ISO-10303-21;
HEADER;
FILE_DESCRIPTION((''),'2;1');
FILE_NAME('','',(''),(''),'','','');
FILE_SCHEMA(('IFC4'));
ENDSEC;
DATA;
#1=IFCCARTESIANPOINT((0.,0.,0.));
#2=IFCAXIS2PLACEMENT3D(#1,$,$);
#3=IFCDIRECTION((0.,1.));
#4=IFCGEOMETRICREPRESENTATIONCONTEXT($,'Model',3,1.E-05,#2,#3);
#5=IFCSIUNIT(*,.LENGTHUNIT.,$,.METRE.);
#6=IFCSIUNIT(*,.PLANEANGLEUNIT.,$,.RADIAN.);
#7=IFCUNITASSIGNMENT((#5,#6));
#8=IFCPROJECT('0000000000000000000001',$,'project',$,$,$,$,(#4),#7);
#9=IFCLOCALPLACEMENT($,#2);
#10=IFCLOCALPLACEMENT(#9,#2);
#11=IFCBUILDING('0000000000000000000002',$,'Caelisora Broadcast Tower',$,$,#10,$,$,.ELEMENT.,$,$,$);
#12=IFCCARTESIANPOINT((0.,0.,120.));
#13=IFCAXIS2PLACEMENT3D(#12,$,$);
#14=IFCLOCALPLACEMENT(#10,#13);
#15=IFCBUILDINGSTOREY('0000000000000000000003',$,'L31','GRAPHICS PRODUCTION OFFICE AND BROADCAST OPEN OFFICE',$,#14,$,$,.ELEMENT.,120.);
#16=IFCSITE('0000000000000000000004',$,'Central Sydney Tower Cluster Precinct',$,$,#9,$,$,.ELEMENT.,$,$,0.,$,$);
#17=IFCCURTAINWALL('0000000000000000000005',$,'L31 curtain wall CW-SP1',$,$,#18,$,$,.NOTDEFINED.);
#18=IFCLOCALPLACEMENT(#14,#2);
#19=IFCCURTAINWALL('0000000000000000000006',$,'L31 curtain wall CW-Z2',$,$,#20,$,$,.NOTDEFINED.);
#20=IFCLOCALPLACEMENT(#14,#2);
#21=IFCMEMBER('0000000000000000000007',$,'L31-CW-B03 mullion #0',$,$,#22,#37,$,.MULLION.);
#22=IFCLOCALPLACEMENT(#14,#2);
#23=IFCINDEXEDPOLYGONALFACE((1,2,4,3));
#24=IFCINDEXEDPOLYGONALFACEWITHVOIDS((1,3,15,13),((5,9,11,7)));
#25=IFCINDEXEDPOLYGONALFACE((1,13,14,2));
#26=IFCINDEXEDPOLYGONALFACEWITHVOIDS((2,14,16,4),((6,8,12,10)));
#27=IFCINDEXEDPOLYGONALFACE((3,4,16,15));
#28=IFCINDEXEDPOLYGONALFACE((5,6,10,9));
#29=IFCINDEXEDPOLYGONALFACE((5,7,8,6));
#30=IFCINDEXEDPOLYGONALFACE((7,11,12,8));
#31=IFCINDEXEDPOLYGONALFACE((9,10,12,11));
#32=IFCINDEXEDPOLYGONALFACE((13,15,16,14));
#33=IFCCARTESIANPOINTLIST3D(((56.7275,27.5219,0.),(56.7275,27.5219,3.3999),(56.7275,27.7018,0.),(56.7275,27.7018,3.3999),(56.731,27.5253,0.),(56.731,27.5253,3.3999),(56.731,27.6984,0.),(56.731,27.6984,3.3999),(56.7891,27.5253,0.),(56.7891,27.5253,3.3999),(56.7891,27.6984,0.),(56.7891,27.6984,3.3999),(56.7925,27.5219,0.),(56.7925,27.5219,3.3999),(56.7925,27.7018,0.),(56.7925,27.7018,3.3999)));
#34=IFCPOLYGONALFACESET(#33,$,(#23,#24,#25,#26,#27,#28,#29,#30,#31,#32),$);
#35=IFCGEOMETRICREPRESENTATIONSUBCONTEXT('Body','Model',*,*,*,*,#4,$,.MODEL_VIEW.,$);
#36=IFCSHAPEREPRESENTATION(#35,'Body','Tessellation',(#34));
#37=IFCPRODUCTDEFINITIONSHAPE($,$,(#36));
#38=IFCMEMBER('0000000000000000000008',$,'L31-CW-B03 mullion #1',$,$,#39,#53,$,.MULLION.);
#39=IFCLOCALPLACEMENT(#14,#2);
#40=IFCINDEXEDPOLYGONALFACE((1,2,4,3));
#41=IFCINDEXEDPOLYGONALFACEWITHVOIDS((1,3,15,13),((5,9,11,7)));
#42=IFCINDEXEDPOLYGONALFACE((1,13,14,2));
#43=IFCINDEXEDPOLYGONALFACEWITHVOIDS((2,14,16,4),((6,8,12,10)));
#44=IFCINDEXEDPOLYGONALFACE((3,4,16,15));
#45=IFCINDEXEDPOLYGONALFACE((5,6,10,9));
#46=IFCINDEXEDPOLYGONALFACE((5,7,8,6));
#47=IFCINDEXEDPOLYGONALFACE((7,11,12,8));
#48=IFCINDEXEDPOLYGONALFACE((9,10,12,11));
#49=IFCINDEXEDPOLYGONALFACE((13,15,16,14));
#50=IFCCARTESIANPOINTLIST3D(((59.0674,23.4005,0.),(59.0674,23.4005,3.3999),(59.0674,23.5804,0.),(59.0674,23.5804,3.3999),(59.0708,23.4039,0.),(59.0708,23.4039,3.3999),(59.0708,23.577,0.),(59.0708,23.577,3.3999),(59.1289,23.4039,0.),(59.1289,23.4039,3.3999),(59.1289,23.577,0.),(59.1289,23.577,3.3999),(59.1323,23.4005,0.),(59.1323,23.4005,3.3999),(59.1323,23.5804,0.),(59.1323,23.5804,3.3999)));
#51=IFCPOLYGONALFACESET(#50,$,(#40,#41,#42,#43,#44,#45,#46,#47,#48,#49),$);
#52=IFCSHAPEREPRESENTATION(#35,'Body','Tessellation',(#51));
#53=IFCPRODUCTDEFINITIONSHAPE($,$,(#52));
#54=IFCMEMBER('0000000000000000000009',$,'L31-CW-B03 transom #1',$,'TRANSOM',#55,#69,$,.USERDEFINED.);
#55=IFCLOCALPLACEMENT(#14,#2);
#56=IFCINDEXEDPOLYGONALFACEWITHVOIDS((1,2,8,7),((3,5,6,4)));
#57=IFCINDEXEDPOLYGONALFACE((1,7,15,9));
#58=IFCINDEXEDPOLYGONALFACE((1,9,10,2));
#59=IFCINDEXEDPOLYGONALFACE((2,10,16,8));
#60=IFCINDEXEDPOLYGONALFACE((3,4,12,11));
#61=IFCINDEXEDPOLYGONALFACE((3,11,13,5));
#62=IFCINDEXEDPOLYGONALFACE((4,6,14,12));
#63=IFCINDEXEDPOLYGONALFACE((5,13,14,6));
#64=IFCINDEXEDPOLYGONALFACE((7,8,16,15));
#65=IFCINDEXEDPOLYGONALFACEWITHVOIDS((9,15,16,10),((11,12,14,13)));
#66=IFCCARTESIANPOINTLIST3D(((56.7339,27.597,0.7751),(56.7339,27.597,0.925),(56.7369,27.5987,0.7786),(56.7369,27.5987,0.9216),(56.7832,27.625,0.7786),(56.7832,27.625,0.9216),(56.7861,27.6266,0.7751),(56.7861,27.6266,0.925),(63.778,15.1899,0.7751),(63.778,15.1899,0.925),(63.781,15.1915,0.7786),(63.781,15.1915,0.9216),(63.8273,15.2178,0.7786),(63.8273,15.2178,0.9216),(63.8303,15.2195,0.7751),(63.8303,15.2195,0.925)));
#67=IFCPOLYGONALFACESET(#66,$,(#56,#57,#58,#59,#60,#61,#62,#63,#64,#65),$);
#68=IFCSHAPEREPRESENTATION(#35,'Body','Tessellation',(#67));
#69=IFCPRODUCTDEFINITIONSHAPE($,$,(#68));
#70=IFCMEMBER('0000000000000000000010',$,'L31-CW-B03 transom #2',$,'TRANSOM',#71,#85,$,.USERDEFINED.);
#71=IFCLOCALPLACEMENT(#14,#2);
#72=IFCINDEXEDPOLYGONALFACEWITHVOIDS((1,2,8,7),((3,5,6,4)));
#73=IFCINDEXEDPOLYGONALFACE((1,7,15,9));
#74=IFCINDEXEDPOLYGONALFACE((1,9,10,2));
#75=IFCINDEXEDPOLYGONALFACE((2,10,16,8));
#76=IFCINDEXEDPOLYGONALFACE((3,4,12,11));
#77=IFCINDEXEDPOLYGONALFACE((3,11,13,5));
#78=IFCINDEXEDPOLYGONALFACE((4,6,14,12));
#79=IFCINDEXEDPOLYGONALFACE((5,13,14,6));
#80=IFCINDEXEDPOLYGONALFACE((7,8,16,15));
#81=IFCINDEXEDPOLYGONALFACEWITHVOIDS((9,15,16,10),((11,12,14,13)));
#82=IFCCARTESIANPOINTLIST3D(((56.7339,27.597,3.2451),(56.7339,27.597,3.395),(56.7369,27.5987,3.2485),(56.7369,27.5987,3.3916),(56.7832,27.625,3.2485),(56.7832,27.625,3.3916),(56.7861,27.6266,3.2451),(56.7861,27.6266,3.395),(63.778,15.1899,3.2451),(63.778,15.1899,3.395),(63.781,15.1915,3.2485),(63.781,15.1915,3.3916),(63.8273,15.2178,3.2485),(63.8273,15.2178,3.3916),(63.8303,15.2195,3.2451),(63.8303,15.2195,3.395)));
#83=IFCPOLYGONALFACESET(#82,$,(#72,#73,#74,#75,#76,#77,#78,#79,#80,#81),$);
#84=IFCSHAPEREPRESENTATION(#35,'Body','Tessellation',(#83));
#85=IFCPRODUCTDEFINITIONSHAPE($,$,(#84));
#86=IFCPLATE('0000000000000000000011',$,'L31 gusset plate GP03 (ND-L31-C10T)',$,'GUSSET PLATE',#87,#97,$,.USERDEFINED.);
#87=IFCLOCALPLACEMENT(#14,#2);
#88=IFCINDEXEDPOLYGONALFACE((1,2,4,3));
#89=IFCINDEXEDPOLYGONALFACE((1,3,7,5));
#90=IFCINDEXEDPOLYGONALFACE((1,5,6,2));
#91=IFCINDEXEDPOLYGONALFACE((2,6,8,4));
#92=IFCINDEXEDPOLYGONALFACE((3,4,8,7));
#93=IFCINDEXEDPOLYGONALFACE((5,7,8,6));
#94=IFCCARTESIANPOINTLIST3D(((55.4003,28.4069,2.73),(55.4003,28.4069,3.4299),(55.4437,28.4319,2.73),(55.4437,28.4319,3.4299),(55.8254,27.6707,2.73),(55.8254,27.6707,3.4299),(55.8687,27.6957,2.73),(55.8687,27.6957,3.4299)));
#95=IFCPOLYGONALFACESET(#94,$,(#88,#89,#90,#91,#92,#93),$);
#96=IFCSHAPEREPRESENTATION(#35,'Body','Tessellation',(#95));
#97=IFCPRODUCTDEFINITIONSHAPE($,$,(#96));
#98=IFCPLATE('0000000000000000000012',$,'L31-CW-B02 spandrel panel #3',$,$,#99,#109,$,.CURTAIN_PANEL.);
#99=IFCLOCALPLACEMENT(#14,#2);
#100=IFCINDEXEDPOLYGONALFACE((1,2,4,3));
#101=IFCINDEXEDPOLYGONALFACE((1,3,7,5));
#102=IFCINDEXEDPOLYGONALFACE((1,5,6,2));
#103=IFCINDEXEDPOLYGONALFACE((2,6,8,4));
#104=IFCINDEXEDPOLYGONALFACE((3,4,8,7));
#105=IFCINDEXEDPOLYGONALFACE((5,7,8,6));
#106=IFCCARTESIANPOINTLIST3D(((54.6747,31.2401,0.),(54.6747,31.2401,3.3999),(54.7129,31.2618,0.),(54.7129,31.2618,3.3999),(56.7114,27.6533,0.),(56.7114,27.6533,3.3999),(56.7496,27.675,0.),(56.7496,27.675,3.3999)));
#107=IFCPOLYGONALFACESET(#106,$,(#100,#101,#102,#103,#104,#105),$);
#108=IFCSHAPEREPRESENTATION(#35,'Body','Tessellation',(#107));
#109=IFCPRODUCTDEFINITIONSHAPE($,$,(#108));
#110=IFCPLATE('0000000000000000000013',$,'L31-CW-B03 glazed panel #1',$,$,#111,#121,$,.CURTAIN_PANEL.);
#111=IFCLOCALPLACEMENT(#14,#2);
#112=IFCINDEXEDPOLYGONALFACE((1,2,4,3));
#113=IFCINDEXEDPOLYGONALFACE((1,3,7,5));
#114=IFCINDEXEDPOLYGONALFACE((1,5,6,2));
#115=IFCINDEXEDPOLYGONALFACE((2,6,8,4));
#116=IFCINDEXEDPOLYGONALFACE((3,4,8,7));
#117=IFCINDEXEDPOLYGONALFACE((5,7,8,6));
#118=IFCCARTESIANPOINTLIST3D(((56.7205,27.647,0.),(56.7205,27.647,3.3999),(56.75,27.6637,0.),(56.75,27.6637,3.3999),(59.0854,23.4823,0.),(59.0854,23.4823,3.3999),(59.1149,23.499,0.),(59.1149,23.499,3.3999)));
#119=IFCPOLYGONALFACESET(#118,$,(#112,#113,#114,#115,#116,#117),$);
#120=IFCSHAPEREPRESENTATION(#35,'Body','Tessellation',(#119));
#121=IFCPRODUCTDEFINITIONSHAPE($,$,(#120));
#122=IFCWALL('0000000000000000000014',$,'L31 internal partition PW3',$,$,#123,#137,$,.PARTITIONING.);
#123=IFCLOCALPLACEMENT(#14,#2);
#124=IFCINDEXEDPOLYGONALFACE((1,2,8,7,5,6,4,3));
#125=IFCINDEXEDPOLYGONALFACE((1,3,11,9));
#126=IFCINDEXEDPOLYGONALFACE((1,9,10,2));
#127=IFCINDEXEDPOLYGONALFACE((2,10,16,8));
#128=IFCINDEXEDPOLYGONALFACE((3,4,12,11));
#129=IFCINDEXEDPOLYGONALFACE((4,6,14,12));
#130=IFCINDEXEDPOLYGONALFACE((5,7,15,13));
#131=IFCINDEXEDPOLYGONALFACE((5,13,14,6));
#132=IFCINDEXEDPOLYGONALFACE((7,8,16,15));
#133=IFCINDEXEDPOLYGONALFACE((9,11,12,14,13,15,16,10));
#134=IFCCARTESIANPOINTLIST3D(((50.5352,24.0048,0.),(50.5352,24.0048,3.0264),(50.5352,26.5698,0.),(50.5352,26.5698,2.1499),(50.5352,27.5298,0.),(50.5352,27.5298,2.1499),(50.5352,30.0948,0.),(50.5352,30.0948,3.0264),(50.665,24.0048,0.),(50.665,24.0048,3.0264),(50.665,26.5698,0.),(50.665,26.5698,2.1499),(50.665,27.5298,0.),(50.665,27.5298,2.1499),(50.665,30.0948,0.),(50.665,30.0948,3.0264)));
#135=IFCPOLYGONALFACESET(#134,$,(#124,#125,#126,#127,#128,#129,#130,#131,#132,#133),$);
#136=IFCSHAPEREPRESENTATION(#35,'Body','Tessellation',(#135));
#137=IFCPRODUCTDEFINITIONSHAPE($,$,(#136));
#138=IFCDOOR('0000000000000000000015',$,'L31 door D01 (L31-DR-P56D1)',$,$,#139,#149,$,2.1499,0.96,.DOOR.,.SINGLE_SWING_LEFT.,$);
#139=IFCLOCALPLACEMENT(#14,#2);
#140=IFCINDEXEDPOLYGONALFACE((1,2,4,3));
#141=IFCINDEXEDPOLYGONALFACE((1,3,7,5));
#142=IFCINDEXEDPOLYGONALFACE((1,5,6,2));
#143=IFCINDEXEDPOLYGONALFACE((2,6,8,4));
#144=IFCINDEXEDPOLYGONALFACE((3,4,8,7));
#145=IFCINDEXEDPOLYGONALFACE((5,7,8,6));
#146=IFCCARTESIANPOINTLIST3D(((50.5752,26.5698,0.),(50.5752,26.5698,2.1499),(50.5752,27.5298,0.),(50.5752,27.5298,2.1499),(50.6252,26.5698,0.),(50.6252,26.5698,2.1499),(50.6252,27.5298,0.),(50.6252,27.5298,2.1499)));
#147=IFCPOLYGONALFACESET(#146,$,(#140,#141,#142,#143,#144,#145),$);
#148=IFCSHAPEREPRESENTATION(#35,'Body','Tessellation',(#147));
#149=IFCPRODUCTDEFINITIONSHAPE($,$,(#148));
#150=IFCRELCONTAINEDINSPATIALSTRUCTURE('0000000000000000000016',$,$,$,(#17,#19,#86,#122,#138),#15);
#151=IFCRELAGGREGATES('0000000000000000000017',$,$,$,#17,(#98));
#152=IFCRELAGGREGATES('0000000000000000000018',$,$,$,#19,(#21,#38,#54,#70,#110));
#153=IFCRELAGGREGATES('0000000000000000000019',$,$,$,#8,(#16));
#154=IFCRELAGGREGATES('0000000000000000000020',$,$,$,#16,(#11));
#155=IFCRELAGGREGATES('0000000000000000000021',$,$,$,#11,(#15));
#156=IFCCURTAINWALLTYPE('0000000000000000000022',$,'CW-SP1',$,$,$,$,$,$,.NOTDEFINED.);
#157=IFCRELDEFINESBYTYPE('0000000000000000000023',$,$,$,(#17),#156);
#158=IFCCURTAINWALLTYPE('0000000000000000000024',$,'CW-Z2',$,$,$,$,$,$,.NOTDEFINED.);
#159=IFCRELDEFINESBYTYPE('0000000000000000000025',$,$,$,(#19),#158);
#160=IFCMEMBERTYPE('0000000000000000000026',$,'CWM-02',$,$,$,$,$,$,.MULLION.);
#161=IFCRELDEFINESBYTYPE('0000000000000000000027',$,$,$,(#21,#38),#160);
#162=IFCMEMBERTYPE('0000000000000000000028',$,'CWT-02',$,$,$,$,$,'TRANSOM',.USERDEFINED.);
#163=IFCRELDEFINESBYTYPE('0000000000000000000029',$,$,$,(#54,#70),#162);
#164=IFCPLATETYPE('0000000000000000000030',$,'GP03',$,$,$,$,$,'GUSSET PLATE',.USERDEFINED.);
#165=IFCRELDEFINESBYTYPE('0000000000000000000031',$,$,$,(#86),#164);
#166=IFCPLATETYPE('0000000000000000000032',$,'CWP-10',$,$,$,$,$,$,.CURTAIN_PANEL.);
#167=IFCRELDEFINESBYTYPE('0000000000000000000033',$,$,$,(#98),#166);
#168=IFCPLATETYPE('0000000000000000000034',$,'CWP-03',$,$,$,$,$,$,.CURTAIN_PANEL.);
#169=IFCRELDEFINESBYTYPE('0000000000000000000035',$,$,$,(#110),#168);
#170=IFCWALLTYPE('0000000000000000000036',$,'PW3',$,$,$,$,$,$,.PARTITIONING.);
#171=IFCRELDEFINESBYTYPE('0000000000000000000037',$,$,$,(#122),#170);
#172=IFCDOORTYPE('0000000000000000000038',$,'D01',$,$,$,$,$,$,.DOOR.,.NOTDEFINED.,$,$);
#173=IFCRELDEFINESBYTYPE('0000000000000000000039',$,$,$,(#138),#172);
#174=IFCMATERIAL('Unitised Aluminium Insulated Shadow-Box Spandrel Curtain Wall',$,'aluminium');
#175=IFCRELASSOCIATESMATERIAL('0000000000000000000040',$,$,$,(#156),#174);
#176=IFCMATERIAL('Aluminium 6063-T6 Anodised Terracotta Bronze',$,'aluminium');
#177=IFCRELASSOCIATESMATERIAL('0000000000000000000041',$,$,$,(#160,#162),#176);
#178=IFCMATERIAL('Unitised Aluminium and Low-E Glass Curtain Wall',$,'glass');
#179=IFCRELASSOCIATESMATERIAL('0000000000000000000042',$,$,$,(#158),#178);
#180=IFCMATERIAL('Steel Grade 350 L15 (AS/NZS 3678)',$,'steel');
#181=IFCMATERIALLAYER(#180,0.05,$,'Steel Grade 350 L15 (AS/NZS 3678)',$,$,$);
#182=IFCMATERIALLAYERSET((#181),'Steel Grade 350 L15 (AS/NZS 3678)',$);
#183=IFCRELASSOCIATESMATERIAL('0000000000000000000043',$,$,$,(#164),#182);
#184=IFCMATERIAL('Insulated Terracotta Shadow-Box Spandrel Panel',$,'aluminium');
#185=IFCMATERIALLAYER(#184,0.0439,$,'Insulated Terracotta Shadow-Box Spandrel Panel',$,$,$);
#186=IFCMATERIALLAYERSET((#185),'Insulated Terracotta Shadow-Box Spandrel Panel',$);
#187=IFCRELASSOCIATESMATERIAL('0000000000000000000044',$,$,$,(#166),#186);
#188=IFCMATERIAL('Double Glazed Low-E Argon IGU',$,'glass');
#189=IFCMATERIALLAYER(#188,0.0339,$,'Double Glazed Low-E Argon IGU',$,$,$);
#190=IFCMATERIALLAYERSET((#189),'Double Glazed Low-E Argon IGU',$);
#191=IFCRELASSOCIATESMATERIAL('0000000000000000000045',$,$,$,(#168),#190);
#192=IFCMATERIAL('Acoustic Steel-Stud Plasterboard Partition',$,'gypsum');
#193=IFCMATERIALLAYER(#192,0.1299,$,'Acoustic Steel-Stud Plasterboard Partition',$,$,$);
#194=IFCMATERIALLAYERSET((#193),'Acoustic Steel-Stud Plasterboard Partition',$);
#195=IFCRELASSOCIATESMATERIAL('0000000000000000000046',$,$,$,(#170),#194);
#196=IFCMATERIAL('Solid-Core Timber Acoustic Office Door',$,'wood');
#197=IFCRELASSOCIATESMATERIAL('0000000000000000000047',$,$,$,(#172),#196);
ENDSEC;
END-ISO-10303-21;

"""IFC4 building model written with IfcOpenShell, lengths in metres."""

from ifc_helpers import new_model, si_unit, direction, frame, frame_2d, origin, origin_2d, place, context, subcontext, project, spatial, rectangle, hollow_rectangle, extrude, source, transform, mapped, material, layer, layer_set, material_profile, profile_set, type_object, type_shapes, element, fill, aggregate, save


model = new_model("IFC4")

# Units and contexts
model_context = context("Model", 3, precision=1e-05, world=origin(), true_north=direction((0.0, 1.0)))
body_context = subcontext(model_context, "Body", "Model", "MODEL_VIEW")
ifc_project = project(units=[si_unit("LENGTHUNIT", "METRE"), si_unit("PLANEANGLEUNIT", "RADIAN")], contexts=[model_context])

# Site, building, storey
site_placement = place(None, origin())
site = spatial("IfcSite", under=ifc_project, at=site_placement, Name="Central Sydney Tower Cluster Precinct", CompositionType="ELEMENT", RefElevation=0.0)
building_placement = place(site_placement, origin())
building = spatial("IfcBuilding", under=site, at=building_placement, Name="Caelisora Broadcast Tower", CompositionType="ELEMENT")
storey_placement = place(building_placement, frame((0.0, 0.0, 120.0)))
storey = spatial("IfcBuildingStorey", under=building, at=storey_placement, Name="L31", Description="GRAPHICS PRODUCTION OFFICE AND BROADCAST OPEN OFFICE", CompositionType="ELEMENT", Elevation=120.0)

# Shared definitions
ifc_material_1 = material(Name="Steel Grade 350 L15 (AS/NZS 3678)", Category="steel")

# Curtain wall
ifc_material_2 = material(Name="Unitised Aluminium Insulated Shadow-Box Spandrel Curtain Wall", Category="aluminium")
curtain_wall_type_1 = type_object("IfcCurtainWallType", Name="CW-SP1", PredefinedType="NOTDEFINED", material=ifc_material_2)
curtain_wall_1_placement = place(storey_placement, origin())
curtain_wall_1 = element("IfcCurtainWall", 1, at=curtain_wall_1_placement, inside=storey, type_object=curtain_wall_type_1, Name="L31 curtain wall CW-SP1", PredefinedType="NOTDEFINED")
ifc_material_3 = material(Name="Aluminium 6063-T6 Anodised Terracotta Bronze", Category="aluminium")
ifc_material_profile_1 = material_profile(ifc_material_3, hollow_rectangle(XDim=0.0649, YDim=0.1799, WallThickness=0.0034, at=origin_2d()), Name="Aluminium 6063-T6 Anodised Terracotta Bronze")
ifc_profile_set_1 = profile_set([ifc_material_profile_1], Name="Aluminium 6063-T6 Anodised Terracotta Bronze")
member_type_1 = type_object("IfcMemberType", Name="CWM-02", PredefinedType="MULLION", material=ifc_profile_set_1)
shared_shape_1 = source(origin(), body_context, "Body", "SweptSolid", [
    extrude(hollow_rectangle(XDim=0.0649, YDim=0.1799, WallThickness=0.0034, at=origin_2d()), origin(), (0.0, 0.0, 1.0), 3.3999),
])
type_shapes(member_type_1, [shared_shape_1])

# Curtain wall, members
ifc_material_4 = material(Name="Unitised Aluminium and Low-E Glass Curtain Wall", Category="glass")
curtain_wall_type_2 = type_object("IfcCurtainWallType", Name="CW-Z2", PredefinedType="NOTDEFINED", material=ifc_material_4)
curtain_wall_2_placement = place(storey_placement, origin())
curtain_wall_2 = element("IfcCurtainWall", 2, at=curtain_wall_2_placement, inside=storey, type_object=curtain_wall_type_2, Name="L31 curtain wall CW-Z2", PredefinedType="NOTDEFINED")
member_1_placement = place(storey_placement, frame((56.76, 27.6118, 0.0), z_axis=(0.0, 0.0, 1.0), x_axis=(1.0, 0.0, 0.0)))
member_1 = element("IfcMember", 3, at=member_1_placement, type_object=member_type_1, Name="L31-CW-B03 mullion #0", PredefinedType="MULLION", context=body_context, shape_type="MappedRepresentation", body=[
    mapped(shared_shape_1, transform((0.0, 0.0, 0.0), scale=1.0)),
])
member_2_placement = place(storey_placement, frame((59.0999, 23.4905, 0.0), z_axis=(0.0, 0.0, 1.0), x_axis=(1.0, 0.0, 0.0)))
member_2 = element("IfcMember", 4, at=member_2_placement, type_object=member_type_1, Name="L31-CW-B03 mullion #1", PredefinedType="MULLION", context=body_context, shape_type="MappedRepresentation", body=[
    mapped(shared_shape_1, transform((0.0, 0.0, 0.0), scale=1.0)),
])
ifc_material_profile_2 = material_profile(ifc_material_3, hollow_rectangle(XDim=0.0601, YDim=0.1499, WallThickness=0.0034, at=origin_2d()), Name="Aluminium 6063-T6 Anodised Terracotta Bronze")
ifc_profile_set_2 = profile_set([ifc_material_profile_2], Name="Aluminium 6063-T6 Anodised Terracotta Bronze")
member_type_2 = type_object("IfcMemberType", Name="CWT-02", ElementType="TRANSOM", PredefinedType="USERDEFINED", material=ifc_profile_set_2)
shared_shape_2 = source(origin(), body_context, "Body", "SweptSolid", [
    extrude(hollow_rectangle(XDim=0.0601, YDim=0.1499, WallThickness=0.0034, at=origin_2d()), origin(), (0.0, 0.0, 1.0), 14.2673),
])
type_shapes(member_type_2, [shared_shape_2])
member_3_placement = place(storey_placement, frame((56.76, 27.6118, 0.8501), z_axis=(0.493725, -0.869618, 0.0), x_axis=(0.869618, 0.493725, 0.0)))
member_3 = element("IfcMember", 5, at=member_3_placement, type_object=member_type_2, Name="L31-CW-B03 transom #1", ObjectType="TRANSOM", PredefinedType="USERDEFINED", context=body_context, shape_type="MappedRepresentation", body=[
    mapped(shared_shape_2, transform((0.0, 0.0, 0.0), scale=1.0)),
])
member_4_placement = place(storey_placement, frame((56.76, 27.6118, 3.3201), z_axis=(0.493725, -0.869618, 0.0), x_axis=(0.869618, 0.493725, 0.0)))
member_4 = element("IfcMember", 6, at=member_4_placement, type_object=member_type_2, Name="L31-CW-B03 transom #2", ObjectType="TRANSOM", PredefinedType="USERDEFINED", context=body_context, shape_type="MappedRepresentation", body=[
    mapped(shared_shape_2, transform((0.0, 0.0, 0.0), scale=1.0)),
])

# Plates
ifc_layer_1 = layer(ifc_material_1, 0.05, Name="Steel Grade 350 L15 (AS/NZS 3678)")
ifc_layer_set_1 = layer_set([ifc_layer_1], Name="Steel Grade 350 L15 (AS/NZS 3678)")
plate_type_1 = type_object("IfcPlateType", Name="GP03", ElementType="GUSSET PLATE", PredefinedType="USERDEFINED", material=ifc_layer_set_1)
shared_shape_3 = source(origin(), body_context, "Body", "SweptSolid", [
    extrude(rectangle(XDim=0.8501, YDim=0.05, at=origin_2d()), origin(), (0.0, 0.0, 1.0), 0.7),
])
type_shapes(plate_type_1, [shared_shape_3])
plate_1_placement = place(storey_placement, frame((55.6345, 28.0513, 2.73), z_axis=(0.0, 0.0, 1.0), x_axis=(-0.5, 0.866025, 0.0)))
element("IfcPlate", 7, at=plate_1_placement, inside=storey, type_object=plate_type_1, Name="L31 gusset plate GP03 (ND-L31-C10T)", ObjectType="GUSSET PLATE", PredefinedType="USERDEFINED", context=body_context, shape_type="MappedRepresentation", body=[
    mapped(shared_shape_3, transform((0.0, 0.0, 0.0), scale=1.0)),
])
ifc_material_5 = material(Name="Insulated Terracotta Shadow-Box Spandrel Panel", Category="aluminium")
ifc_layer_2 = layer(ifc_material_5, 0.0439, Name="Insulated Terracotta Shadow-Box Spandrel Panel")
ifc_layer_set_2 = layer_set([ifc_layer_2], Name="Insulated Terracotta Shadow-Box Spandrel Panel")
plate_type_2 = type_object("IfcPlateType", Name="CWP-10", PredefinedType="CURTAIN_PANEL", material=ifc_layer_set_2)
shared_shape_4 = source(origin(), body_context, "Body", "SweptSolid", [
    extrude(rectangle(XDim=4.1248, YDim=0.0439, at=origin_2d()), origin(), (0.0, 0.0, 1.0), 3.3999),
])
type_shapes(plate_type_2, [shared_shape_4])
plate_2_placement = place(storey_placement, frame((55.7122, 29.4575, 0.0), z_axis=(0.0, 0.0, 1.0), x_axis=(0.49379, -0.869581, 0.0)))
plate_2 = element("IfcPlate", 8, at=plate_2_placement, type_object=plate_type_2, Name="L31-CW-B02 spandrel panel #3", PredefinedType="CURTAIN_PANEL", context=body_context, shape_type="MappedRepresentation", body=[
    mapped(shared_shape_4, transform((0.0, 0.0, 0.0), scale=1.0)),
])
aggregate(curtain_wall_1, [plate_2])
ifc_material_6 = material(Name="Double Glazed Low-E Argon IGU", Category="glass")
ifc_layer_3 = layer(ifc_material_6, 0.0339, Name="Double Glazed Low-E Argon IGU")
ifc_layer_set_3 = layer_set([ifc_layer_3], Name="Double Glazed Low-E Argon IGU")
plate_type_3 = type_object("IfcPlateType", Name="CWP-03", PredefinedType="CURTAIN_PANEL", material=ifc_layer_set_3)
shared_shape_5 = source(origin(), body_context, "Body", "SweptSolid", [
    extrude(rectangle(XDim=4.7893, YDim=0.0339, at=origin_2d()), origin(), (0.0, 0.0, 1.0), 3.3999),
])
type_shapes(plate_type_3, [shared_shape_5])
plate_3_placement = place(storey_placement, frame((57.9177, 25.573, 0.0), z_axis=(0.0, 0.0, 1.0), x_axis=(0.49379, -0.869581, 0.0)))
plate_3 = element("IfcPlate", 9, at=plate_3_placement, type_object=plate_type_3, Name="L31-CW-B03 glazed panel #1", PredefinedType="CURTAIN_PANEL", context=body_context, shape_type="MappedRepresentation", body=[
    mapped(shared_shape_5, transform((0.0, 0.0, 0.0), scale=1.0)),
])
aggregate(curtain_wall_2, [member_1, member_2, member_3, member_4, plate_3])

# Wall, opening, door
ifc_material_7 = material(Name="Acoustic Steel-Stud Plasterboard Partition", Category="gypsum")
ifc_layer_4 = layer(ifc_material_7, 0.1299, Name="Acoustic Steel-Stud Plasterboard Partition")
ifc_layer_set_4 = layer_set([ifc_layer_4], Name="Acoustic Steel-Stud Plasterboard Partition")
wall_type = type_object("IfcWallType", Name="PW3", PredefinedType="PARTITIONING", material=ifc_layer_set_4)
wall_1_placement = place(storey_placement, frame((50.6001, 24.0049, 0.0), z_axis=(0.0, 0.0, 1.0), x_axis=(0.0, 1.0, 0.0)))
wall_1 = element("IfcWall", 10, at=wall_1_placement, inside=storey, type_object=wall_type, Name="L31 internal partition PW3", PredefinedType="PARTITIONING", context=body_context, shape_type="SweptSolid", body=[
    extrude(rectangle(XDim=6.0901, YDim=0.1299, at=frame_2d((3.0449, 0.0))), origin(), (0.0, 0.0, 1.0), 3.0264),
])
opening_1_placement = place(wall_1_placement, frame((2.5649, 0.0, 0.0)))
opening_1 = element("IfcOpeningElement", 11, at=opening_1_placement, cuts=wall_1, PredefinedType="OPENING", context=body_context, shape_type="SweptSolid", body=[
    extrude(rectangle(XDim=0.96, YDim=2.1499, at=frame_2d((0.48, 1.075))), frame((0.0, 0.0769, 0.0), z_axis=(0.0, -1.0, 0.0), x_axis=(1.0, 0.0, 0.0)), (0.0, 0.0, 1.0), 0.1538),
])
ifc_material_8 = material(Name="Solid-Core Timber Acoustic Office Door", Category="wood")
door_type = type_object("IfcDoorType", Name="D01", OperationType="NOTDEFINED", PredefinedType="DOOR", material=ifc_material_8)
door_1_placement = place(opening_1_placement, origin())
door_1 = element("IfcDoor", 12, at=door_1_placement, inside=storey, type_object=door_type, Name="L31 door D01 (L31-DR-P56D1)", OperationType="SINGLE_SWING_LEFT", OverallHeight=2.1499, OverallWidth=0.96, PredefinedType="DOOR", context=body_context, shape_type="SweptSolid", body=[
    extrude(rectangle(XDim=0.96, YDim=2.1499, at=frame_2d((0.48, 1.075))), frame((0.0, 0.0249, 0.0), z_axis=(0.0, -1.0, 0.0), x_axis=(1.0, 0.0, 0.0)), (0.0, 0.0, 1.0), 0.05),
])
fill(opening_1, door_1)

save(model, "model.ifc")
